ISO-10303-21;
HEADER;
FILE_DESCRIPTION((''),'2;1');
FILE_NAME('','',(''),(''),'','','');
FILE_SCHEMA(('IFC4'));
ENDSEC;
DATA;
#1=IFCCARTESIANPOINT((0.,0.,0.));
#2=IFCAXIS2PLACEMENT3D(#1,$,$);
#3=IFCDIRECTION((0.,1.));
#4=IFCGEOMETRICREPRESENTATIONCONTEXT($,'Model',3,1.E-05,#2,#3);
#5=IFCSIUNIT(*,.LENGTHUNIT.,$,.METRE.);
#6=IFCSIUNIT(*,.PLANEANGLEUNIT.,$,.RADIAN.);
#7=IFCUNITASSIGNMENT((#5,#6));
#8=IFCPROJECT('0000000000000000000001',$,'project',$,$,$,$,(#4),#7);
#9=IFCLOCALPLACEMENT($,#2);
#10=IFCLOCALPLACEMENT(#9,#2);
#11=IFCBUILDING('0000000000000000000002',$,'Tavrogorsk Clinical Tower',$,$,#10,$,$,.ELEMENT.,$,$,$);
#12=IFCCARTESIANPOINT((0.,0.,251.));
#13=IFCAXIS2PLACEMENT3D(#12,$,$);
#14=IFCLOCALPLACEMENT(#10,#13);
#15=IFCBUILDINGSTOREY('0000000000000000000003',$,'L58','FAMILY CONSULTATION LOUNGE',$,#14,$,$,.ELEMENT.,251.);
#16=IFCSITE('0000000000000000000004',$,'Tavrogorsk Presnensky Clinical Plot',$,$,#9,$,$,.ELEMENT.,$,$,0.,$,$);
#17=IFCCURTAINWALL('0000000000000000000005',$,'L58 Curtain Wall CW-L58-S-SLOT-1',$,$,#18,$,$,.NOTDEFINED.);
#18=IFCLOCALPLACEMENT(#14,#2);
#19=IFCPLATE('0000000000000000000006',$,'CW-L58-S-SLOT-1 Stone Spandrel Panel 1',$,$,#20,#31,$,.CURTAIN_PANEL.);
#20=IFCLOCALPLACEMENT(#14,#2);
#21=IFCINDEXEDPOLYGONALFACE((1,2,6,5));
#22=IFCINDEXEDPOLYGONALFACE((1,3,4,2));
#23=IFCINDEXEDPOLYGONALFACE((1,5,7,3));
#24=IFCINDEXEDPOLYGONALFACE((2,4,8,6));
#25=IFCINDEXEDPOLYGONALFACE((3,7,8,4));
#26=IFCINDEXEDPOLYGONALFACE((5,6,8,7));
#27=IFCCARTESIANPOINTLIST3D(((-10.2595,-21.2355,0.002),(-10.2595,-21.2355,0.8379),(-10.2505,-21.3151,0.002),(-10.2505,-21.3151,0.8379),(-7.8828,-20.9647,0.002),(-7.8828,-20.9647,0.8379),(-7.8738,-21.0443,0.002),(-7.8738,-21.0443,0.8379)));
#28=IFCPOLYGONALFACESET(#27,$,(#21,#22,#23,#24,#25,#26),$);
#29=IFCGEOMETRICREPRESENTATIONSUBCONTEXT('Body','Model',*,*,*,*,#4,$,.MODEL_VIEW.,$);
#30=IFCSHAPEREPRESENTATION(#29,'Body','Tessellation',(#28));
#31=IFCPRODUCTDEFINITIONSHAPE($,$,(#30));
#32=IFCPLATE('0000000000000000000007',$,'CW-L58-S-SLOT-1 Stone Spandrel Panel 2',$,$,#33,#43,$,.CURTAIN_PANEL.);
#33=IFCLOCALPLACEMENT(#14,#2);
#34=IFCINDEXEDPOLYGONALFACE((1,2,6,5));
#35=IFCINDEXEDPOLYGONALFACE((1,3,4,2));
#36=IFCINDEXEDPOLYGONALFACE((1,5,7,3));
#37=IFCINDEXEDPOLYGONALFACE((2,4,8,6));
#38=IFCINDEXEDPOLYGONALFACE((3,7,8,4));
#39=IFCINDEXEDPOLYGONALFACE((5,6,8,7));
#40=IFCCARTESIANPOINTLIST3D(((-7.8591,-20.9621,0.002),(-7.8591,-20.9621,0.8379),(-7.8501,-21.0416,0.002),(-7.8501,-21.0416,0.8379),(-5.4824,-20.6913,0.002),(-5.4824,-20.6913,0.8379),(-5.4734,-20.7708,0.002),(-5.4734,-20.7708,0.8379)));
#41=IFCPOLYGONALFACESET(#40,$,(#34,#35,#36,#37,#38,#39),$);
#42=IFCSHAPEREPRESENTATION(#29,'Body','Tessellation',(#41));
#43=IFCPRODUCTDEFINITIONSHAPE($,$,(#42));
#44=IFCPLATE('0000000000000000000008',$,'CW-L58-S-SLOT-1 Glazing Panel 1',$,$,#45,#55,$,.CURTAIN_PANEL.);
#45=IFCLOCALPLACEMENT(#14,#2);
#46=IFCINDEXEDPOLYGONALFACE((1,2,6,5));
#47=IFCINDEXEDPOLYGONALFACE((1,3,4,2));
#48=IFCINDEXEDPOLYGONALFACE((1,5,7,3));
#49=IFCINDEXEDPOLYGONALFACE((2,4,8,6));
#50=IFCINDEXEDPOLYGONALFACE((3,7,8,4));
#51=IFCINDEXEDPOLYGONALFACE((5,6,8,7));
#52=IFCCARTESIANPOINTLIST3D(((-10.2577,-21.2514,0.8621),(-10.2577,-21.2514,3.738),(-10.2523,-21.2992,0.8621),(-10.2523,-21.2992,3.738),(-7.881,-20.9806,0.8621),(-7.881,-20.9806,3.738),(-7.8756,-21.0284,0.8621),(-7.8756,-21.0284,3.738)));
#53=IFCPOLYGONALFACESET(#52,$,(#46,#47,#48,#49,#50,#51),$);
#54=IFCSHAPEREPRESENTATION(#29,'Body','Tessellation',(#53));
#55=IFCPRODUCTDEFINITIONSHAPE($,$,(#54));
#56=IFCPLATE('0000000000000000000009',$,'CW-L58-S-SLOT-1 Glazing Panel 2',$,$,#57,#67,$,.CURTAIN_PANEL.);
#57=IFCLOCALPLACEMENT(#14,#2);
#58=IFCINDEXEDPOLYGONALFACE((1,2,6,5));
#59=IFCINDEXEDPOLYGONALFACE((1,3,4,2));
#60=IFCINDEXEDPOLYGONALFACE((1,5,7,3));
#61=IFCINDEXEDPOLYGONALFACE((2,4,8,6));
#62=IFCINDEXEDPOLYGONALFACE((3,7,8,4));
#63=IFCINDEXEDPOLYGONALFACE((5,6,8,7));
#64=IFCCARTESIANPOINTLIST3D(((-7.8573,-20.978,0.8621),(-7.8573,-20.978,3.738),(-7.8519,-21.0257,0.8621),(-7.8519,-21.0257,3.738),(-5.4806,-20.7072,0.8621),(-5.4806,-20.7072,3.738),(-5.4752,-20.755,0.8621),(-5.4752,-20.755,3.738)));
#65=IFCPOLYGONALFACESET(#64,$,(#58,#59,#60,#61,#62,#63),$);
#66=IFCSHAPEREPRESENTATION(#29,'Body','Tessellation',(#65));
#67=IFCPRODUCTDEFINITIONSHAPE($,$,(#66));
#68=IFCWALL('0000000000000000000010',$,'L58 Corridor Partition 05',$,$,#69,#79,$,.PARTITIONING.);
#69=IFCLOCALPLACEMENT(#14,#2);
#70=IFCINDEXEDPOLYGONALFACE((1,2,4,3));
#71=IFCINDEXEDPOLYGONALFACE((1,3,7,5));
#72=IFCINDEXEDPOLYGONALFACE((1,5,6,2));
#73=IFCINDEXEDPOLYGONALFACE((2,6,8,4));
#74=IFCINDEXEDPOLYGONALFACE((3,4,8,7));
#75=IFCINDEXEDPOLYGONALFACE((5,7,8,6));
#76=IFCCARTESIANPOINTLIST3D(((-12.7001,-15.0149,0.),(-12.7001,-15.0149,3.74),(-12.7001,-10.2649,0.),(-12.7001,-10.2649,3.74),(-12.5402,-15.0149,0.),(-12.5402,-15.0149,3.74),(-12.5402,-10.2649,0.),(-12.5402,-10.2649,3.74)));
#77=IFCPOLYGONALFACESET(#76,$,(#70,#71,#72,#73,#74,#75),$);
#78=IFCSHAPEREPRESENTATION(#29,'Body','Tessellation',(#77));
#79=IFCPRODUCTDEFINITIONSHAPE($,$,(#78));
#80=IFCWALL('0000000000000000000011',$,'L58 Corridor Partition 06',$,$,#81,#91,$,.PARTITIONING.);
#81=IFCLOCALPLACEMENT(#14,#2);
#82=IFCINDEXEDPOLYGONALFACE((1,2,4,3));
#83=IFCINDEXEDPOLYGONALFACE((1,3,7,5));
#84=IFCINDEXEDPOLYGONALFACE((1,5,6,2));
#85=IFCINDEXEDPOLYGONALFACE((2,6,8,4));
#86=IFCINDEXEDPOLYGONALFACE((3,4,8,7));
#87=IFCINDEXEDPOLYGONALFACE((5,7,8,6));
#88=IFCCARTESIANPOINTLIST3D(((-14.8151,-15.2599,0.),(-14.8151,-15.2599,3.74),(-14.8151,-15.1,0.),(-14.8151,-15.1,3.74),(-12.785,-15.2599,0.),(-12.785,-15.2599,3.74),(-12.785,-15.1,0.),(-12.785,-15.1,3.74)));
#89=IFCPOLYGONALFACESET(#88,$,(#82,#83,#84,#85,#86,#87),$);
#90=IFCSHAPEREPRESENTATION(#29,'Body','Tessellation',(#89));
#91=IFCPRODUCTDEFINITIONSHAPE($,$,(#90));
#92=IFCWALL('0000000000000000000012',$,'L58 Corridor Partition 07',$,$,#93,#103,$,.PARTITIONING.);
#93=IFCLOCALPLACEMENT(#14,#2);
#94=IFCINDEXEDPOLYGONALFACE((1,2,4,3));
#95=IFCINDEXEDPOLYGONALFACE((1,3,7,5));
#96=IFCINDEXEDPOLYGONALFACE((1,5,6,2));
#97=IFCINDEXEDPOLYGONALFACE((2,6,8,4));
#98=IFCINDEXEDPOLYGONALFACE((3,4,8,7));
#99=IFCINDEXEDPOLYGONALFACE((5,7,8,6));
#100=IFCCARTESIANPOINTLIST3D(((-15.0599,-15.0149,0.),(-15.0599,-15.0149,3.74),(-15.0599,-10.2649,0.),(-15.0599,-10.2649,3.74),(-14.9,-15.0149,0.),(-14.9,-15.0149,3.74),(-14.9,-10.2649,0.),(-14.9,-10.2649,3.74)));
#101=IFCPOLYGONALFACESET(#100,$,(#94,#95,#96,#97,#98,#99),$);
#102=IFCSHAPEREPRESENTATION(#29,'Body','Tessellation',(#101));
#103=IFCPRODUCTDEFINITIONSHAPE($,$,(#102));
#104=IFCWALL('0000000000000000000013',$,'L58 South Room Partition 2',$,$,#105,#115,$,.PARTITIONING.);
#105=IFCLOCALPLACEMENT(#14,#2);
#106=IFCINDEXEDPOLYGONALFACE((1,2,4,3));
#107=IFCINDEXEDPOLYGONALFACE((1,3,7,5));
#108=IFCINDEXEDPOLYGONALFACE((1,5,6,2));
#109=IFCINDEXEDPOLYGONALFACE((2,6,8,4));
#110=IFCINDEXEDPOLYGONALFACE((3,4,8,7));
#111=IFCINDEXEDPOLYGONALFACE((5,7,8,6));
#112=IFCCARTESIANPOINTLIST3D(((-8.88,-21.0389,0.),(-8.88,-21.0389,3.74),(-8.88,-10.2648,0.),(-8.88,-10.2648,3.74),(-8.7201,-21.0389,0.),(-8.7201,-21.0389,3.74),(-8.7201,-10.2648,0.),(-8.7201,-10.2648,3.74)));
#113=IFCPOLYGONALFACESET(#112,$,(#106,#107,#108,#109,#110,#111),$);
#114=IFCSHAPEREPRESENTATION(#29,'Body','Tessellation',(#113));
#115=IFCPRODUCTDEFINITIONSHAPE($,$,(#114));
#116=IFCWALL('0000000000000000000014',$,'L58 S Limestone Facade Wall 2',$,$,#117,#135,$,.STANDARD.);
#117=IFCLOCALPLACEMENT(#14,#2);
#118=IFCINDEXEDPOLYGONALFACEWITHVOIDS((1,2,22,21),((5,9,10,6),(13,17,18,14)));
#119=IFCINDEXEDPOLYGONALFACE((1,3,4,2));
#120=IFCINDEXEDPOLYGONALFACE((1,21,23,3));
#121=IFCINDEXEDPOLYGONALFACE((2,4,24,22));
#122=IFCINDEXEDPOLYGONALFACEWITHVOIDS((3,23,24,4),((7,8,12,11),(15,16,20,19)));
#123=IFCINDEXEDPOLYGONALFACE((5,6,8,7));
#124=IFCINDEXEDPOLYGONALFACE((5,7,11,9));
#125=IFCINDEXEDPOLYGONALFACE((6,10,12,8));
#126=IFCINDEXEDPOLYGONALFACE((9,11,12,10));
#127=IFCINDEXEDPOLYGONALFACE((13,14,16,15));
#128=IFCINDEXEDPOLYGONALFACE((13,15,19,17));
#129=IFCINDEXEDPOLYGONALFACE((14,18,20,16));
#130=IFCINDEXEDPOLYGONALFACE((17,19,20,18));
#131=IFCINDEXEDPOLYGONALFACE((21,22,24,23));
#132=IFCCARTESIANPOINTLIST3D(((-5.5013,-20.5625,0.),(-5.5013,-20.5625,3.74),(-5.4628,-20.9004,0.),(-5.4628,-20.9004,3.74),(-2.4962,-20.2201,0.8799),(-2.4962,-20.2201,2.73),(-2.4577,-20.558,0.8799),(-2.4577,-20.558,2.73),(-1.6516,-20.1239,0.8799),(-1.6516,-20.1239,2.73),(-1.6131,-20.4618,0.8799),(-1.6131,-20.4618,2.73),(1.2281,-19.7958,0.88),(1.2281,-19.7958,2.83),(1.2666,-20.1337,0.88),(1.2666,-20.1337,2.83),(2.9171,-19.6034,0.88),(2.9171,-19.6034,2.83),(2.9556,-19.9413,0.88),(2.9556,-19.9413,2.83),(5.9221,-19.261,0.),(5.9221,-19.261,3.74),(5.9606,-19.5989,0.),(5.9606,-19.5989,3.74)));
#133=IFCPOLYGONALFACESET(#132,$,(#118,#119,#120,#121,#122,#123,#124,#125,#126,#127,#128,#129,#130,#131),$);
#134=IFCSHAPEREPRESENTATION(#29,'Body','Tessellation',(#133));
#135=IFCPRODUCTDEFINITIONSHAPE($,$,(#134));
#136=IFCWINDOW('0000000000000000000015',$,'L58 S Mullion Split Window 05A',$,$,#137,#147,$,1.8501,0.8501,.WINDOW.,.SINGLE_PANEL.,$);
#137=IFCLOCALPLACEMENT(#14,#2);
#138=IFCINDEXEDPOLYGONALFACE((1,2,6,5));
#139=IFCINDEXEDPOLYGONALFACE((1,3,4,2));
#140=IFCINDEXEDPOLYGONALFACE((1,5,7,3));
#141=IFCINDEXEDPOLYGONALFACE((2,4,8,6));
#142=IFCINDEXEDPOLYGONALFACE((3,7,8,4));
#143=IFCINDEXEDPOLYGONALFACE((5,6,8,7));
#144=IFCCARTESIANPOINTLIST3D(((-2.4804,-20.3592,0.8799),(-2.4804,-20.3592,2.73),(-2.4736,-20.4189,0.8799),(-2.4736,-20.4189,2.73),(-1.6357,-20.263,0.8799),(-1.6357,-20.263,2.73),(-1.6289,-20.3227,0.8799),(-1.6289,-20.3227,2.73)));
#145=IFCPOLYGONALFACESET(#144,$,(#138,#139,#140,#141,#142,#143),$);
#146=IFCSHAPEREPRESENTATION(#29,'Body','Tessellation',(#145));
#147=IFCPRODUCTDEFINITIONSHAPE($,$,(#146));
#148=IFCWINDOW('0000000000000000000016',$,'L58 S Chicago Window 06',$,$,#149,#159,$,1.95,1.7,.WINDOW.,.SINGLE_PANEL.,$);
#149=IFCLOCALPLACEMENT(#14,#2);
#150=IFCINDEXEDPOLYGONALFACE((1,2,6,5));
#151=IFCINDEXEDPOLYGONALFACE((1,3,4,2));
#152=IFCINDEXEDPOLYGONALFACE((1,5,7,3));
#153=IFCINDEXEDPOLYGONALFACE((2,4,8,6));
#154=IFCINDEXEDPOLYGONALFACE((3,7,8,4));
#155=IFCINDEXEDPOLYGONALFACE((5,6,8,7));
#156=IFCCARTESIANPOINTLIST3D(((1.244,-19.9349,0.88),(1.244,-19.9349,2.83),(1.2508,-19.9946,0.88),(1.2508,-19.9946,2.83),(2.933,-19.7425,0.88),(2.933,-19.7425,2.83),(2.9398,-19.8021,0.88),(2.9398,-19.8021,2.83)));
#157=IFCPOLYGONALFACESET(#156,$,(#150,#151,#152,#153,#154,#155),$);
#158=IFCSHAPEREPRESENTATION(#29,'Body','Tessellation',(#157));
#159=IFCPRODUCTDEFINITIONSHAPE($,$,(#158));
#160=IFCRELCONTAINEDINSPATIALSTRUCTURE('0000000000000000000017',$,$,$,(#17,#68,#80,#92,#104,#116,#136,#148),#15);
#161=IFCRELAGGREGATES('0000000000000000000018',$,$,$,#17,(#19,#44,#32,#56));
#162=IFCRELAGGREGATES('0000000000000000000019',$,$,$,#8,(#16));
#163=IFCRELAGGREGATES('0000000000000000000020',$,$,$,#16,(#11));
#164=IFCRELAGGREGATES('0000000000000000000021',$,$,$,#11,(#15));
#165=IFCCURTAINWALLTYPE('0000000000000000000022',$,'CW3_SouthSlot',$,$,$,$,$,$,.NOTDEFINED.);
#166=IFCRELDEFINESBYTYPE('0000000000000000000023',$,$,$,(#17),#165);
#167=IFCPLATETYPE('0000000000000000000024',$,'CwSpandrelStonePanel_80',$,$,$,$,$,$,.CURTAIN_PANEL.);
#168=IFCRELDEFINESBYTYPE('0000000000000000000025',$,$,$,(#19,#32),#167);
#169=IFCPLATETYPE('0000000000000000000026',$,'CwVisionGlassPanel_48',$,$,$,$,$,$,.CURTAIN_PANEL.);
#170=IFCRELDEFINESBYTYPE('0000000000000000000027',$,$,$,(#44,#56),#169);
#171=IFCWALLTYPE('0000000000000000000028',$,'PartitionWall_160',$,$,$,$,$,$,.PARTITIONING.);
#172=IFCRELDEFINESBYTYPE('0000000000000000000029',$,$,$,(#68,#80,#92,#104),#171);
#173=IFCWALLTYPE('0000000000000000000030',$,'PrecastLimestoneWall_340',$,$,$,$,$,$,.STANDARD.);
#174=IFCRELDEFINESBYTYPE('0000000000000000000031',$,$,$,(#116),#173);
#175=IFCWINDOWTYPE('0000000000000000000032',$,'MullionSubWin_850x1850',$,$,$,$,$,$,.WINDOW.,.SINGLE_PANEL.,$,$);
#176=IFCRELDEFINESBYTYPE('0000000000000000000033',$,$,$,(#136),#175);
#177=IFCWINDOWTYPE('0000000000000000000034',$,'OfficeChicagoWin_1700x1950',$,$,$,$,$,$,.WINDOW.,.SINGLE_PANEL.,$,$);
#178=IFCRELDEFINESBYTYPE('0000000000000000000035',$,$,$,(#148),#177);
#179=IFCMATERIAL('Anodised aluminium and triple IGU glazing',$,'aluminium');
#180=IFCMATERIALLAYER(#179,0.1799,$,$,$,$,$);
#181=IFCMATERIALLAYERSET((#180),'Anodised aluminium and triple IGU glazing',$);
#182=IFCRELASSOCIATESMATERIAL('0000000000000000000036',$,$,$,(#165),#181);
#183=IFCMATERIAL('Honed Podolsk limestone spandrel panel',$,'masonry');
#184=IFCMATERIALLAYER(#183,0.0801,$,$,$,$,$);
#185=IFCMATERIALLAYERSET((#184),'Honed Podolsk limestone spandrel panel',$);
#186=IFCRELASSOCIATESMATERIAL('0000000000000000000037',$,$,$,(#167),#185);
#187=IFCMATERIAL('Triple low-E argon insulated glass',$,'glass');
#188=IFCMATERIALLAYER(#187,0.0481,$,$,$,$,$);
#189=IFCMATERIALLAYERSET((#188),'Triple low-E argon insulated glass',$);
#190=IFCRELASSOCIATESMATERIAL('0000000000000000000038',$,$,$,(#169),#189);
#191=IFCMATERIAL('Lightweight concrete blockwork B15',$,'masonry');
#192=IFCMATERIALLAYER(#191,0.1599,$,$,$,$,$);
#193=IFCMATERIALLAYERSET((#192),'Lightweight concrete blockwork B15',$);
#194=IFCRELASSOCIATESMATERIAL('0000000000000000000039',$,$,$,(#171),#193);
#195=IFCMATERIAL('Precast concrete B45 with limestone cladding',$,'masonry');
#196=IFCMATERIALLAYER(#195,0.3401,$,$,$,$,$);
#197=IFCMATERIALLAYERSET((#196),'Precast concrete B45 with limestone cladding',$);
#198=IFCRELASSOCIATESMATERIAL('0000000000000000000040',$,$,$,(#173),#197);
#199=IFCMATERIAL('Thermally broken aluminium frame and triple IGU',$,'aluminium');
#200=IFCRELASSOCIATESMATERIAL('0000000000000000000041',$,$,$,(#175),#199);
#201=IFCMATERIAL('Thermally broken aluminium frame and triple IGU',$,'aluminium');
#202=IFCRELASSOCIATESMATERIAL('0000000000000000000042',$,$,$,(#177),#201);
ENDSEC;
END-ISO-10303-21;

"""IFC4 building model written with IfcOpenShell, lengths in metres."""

from ifc_helpers import new_model, si_unit, direction, frame, frame_2d, origin, origin_2d, place, context, subcontext, project, spatial, rectangle, extrude, material, layer, layer_set, type_object, element, fill, aggregate, save


model = new_model("IFC4")

# Units and contexts
model_context = context("Model", 3, precision=1e-05, world=origin(), true_north=direction((0.0, 1.0)))
body_context = subcontext(model_context, "Body", "Model", "MODEL_VIEW")
ifc_project = project(units=[si_unit("LENGTHUNIT", "METRE"), si_unit("PLANEANGLEUNIT", "RADIAN")], contexts=[model_context])

# Site, building, storey
site_placement = place(None, origin())
site = spatial("IfcSite", under=ifc_project, at=site_placement, Name="Tavrogorsk Presnensky Clinical Plot", CompositionType="ELEMENT", RefElevation=0.0)
building_placement = place(site_placement, origin())
building = spatial("IfcBuilding", under=site, at=building_placement, Name="Tavrogorsk Clinical Tower", CompositionType="ELEMENT")
storey_placement = place(building_placement, frame((0.0, 0.0, 251.0)))
storey = spatial("IfcBuildingStorey", under=building, at=storey_placement, Name="L58", Description="FAMILY CONSULTATION LOUNGE", CompositionType="ELEMENT", Elevation=251.0)

# Curtain wall
ifc_material_1 = material(Name="Anodised aluminium and triple IGU glazing", Category="aluminium")
ifc_layer_1 = layer(ifc_material_1, 0.1799)
ifc_layer_set_1 = layer_set([ifc_layer_1], Name="Anodised aluminium and triple IGU glazing")
curtain_wall_type = type_object("IfcCurtainWallType", Name="CW3_SouthSlot", PredefinedType="NOTDEFINED", material=ifc_layer_set_1)
curtain_wall_placement = place(storey_placement, origin())
curtain_wall = element("IfcCurtainWall", 1, at=curtain_wall_placement, inside=storey, type_object=curtain_wall_type, Name="L58 Curtain Wall CW-L58-S-SLOT-1", PredefinedType="NOTDEFINED")

# Plates
ifc_material_2 = material(Name="Honed Podolsk limestone spandrel panel", Category="masonry")
ifc_layer_2 = layer(ifc_material_2, 0.0801)
ifc_layer_set_2 = layer_set([ifc_layer_2], Name="Honed Podolsk limestone spandrel panel")
plate_type_1 = type_object("IfcPlateType", Name="CwSpandrelStonePanel_80", PredefinedType="CURTAIN_PANEL", material=ifc_layer_set_2)
plate_1_placement = place(storey_placement, frame((-9.0667, -21.1399, 0.002), z_axis=(0.0, 0.0, 1.0), x_axis=(0.993572, 0.113203, 0.0)))
plate_1 = element("IfcPlate", 2, at=plate_1_placement, type_object=plate_type_1, Name="CW-L58-S-SLOT-1 Stone Spandrel Panel 1", PredefinedType="CURTAIN_PANEL", context=body_context, shape_type="SweptSolid", body=[
    extrude(rectangle(XDim=2.3921, YDim=0.0801, at=origin_2d()), origin(), (0.0, 0.0, 1.0), 0.8359),
])
plate_2_placement = place(storey_placement, frame((-6.6663, -20.8665, 0.002), z_axis=(0.0, 0.0, 1.0), x_axis=(0.993572, 0.113203, 0.0)))
plate_2 = element("IfcPlate", 3, at=plate_2_placement, type_object=plate_type_1, Name="CW-L58-S-SLOT-1 Stone Spandrel Panel 2", PredefinedType="CURTAIN_PANEL", context=body_context, shape_type="SweptSolid", body=[
    extrude(rectangle(XDim=2.3921, YDim=0.0801, at=origin_2d()), origin(), (0.0, 0.0, 1.0), 0.8359),
])
ifc_material_3 = material(Name="Triple low-E argon insulated glass", Category="glass")
ifc_layer_3 = layer(ifc_material_3, 0.0481)
ifc_layer_set_3 = layer_set([ifc_layer_3], Name="Triple low-E argon insulated glass")
plate_type_2 = type_object("IfcPlateType", Name="CwVisionGlassPanel_48", PredefinedType="CURTAIN_PANEL", material=ifc_layer_set_3)
plate_3_placement = place(storey_placement, frame((-9.0667, -21.1399, 0.8621), z_axis=(0.0, 0.0, 1.0), x_axis=(0.993572, 0.113203, 0.0)))
plate_3 = element("IfcPlate", 4, at=plate_3_placement, type_object=plate_type_2, Name="CW-L58-S-SLOT-1 Glazing Panel 1", PredefinedType="CURTAIN_PANEL", context=body_context, shape_type="SweptSolid", body=[
    extrude(rectangle(XDim=2.3921, YDim=0.0481, at=origin_2d()), origin(), (0.0, 0.0, 1.0), 2.876),
])
plate_4_placement = place(storey_placement, frame((-6.6663, -20.8665, 0.8621), z_axis=(0.0, 0.0, 1.0), x_axis=(0.993572, 0.113203, 0.0)))
plate_4 = element("IfcPlate", 5, at=plate_4_placement, type_object=plate_type_2, Name="CW-L58-S-SLOT-1 Glazing Panel 2", PredefinedType="CURTAIN_PANEL", context=body_context, shape_type="SweptSolid", body=[
    extrude(rectangle(XDim=2.3921, YDim=0.0481, at=origin_2d()), origin(), (0.0, 0.0, 1.0), 2.876),
])
aggregate(curtain_wall, [plate_1, plate_3, plate_2, plate_4])

# Walls
ifc_material_4 = material(Name="Lightweight concrete blockwork B15", Category="masonry")
ifc_layer_4 = layer(ifc_material_4, 0.1599)
ifc_layer_set_4 = layer_set([ifc_layer_4], Name="Lightweight concrete blockwork B15")
wall_type_1 = type_object("IfcWallType", Name="PartitionWall_160", PredefinedType="PARTITIONING", material=ifc_layer_set_4)
wall_1_placement = place(storey_placement, frame((-12.6201, -10.2649, 0.0), z_axis=(0.0, 0.0, 1.0), x_axis=(0.0, -1.0, 0.0)))
element("IfcWall", 6, at=wall_1_placement, inside=storey, type_object=wall_type_1, Name="L58 Corridor Partition 05", PredefinedType="PARTITIONING", context=body_context, shape_type="SweptSolid", body=[
    extrude(rectangle(XDim=4.75, YDim=0.1599, at=frame_2d((2.375, 0.0))), origin(), (0.0, 0.0, 1.0), 3.74),
])
wall_2_placement = place(storey_placement, frame((-12.7849, -15.1799, 0.0), z_axis=(0.0, 0.0, 1.0), x_axis=(-1.0, 0.0, 0.0)))
element("IfcWall", 7, at=wall_2_placement, inside=storey, type_object=wall_type_1, Name="L58 Corridor Partition 06", PredefinedType="PARTITIONING", context=body_context, shape_type="SweptSolid", body=[
    extrude(rectangle(XDim=2.03, YDim=0.1599, at=frame_2d((1.0151, 0.0))), origin(), (0.0, 0.0, 1.0), 3.74),
])
wall_3_placement = place(storey_placement, frame((-14.98, -15.0149, 0.0), z_axis=(0.0, 0.0, 1.0), x_axis=(0.0, 1.0, 0.0)))
element("IfcWall", 8, at=wall_3_placement, inside=storey, type_object=wall_type_1, Name="L58 Corridor Partition 07", PredefinedType="PARTITIONING", context=body_context, shape_type="SweptSolid", body=[
    extrude(rectangle(XDim=4.75, YDim=0.1599, at=frame_2d((2.375, 0.0))), origin(), (0.0, 0.0, 1.0), 3.74),
])
wall_4_placement = place(storey_placement, frame((-8.8, -21.0391, 0.0), z_axis=(0.0, 0.0, 1.0), x_axis=(0.0, 1.0, 0.0)))
element("IfcWall", 9, at=wall_4_placement, inside=storey, type_object=wall_type_1, Name="L58 South Room Partition 2", PredefinedType="PARTITIONING", context=body_context, shape_type="SweptSolid", body=[
    extrude(rectangle(XDim=10.7742, YDim=0.1599, at=frame_2d((5.3872, 0.0))), origin(), (0.0, 0.0, 1.0), 3.74),
])

# Wall, openings, windows
ifc_material_5 = material(Name="Precast concrete B45 with limestone cladding", Category="masonry")
ifc_layer_5 = layer(ifc_material_5, 0.3401)
ifc_layer_set_5 = layer_set([ifc_layer_5], Name="Precast concrete B45 with limestone cladding")
wall_type_2 = type_object("IfcWallType", Name="PrecastLimestoneWall_340", PredefinedType="STANDARD", material=ifc_layer_set_5)
wall_5_placement = place(storey_placement, frame((-5.4819, -20.7314, 0.0), z_axis=(0.0, 0.0, 1.0), x_axis=(0.993572, 0.113202, 0.0)))
wall_5 = element("IfcWall", 10, at=wall_5_placement, inside=storey, type_object=wall_type_2, Name="L58 S Limestone Facade Wall 2", PredefinedType="STANDARD", context=body_context, shape_type="SweptSolid", body=[
    extrude(rectangle(XDim=11.4973, YDim=0.3401, at=frame_2d((5.7485, 0.0))), origin(), (0.0, 0.0, 1.0), 3.74),
])
opening_1_placement = place(wall_5_placement, frame((3.0244, 0.0, 0.8799)))
opening_1 = element("IfcOpeningElement", 11, at=opening_1_placement, cuts=wall_5, PredefinedType="OPENING", context=body_context, shape_type="SweptSolid", body=[
    extrude(rectangle(XDim=0.8501, YDim=1.8501, at=frame_2d((0.425, 0.925))), frame((0.0, 0.1799, 0.0), z_axis=(0.0, -1.0, 0.0), x_axis=(1.0, 0.0, 0.0)), (0.0, 0.0, 1.0), 0.3601),
])
opening_2_placement = place(wall_5_placement, frame((6.7727, 0.0, 0.8799)))
opening_2 = element("IfcOpeningElement", 12, at=opening_2_placement, cuts=wall_5, PredefinedType="OPENING", context=body_context, shape_type="SweptSolid", body=[
    extrude(rectangle(XDim=1.7, YDim=1.95, at=frame_2d((0.8501, 0.9751))), frame((0.0, 0.1799, 0.0), z_axis=(0.0, -1.0, 0.0), x_axis=(1.0, 0.0, 0.0)), (0.0, 0.0, 1.0), 0.3601),
])
ifc_material_6 = material(Name="Thermally broken aluminium frame and triple IGU", Category="aluminium")
window_type_1 = type_object("IfcWindowType", Name="MullionSubWin_850x1850", PartitioningType="SINGLE_PANEL", PredefinedType="WINDOW", material=ifc_material_6)
window_1_placement = place(opening_1_placement, origin())
window_1 = element("IfcWindow", 13, at=window_1_placement, inside=storey, type_object=window_type_1, Name="L58 S Mullion Split Window 05A", OverallHeight=1.8501, OverallWidth=0.8501, PartitioningType="SINGLE_PANEL", PredefinedType="WINDOW", context=body_context, shape_type="SweptSolid", body=[
    extrude(rectangle(XDim=0.8501, YDim=1.8501, at=frame_2d((0.425, 0.925))), frame((0.0, 0.03, 0.0), z_axis=(0.0, -1.0, 0.0), x_axis=(1.0, 0.0, 0.0)), (0.0, 0.0, 1.0), 0.0601),
])
fill(opening_1, window_1)
ifc_material_7 = material(Name="Thermally broken aluminium frame and triple IGU", Category="aluminium")
window_type_2 = type_object("IfcWindowType", Name="OfficeChicagoWin_1700x1950", PartitioningType="SINGLE_PANEL", PredefinedType="WINDOW", material=ifc_material_7)
window_2_placement = place(opening_2_placement, origin())
window_2 = element("IfcWindow", 14, at=window_2_placement, inside=storey, type_object=window_type_2, Name="L58 S Chicago Window 06", OverallHeight=1.95, OverallWidth=1.7, PartitioningType="SINGLE_PANEL", PredefinedType="WINDOW", context=body_context, shape_type="SweptSolid", body=[
    extrude(rectangle(XDim=1.7, YDim=1.95, at=frame_2d((0.8501, 0.9751))), frame((0.0, 0.03, 0.0), z_axis=(0.0, -1.0, 0.0), x_axis=(1.0, 0.0, 0.0)), (0.0, 0.0, 1.0), 0.0601),
])
fill(opening_2, window_2)

save(model, "model.ifc")
